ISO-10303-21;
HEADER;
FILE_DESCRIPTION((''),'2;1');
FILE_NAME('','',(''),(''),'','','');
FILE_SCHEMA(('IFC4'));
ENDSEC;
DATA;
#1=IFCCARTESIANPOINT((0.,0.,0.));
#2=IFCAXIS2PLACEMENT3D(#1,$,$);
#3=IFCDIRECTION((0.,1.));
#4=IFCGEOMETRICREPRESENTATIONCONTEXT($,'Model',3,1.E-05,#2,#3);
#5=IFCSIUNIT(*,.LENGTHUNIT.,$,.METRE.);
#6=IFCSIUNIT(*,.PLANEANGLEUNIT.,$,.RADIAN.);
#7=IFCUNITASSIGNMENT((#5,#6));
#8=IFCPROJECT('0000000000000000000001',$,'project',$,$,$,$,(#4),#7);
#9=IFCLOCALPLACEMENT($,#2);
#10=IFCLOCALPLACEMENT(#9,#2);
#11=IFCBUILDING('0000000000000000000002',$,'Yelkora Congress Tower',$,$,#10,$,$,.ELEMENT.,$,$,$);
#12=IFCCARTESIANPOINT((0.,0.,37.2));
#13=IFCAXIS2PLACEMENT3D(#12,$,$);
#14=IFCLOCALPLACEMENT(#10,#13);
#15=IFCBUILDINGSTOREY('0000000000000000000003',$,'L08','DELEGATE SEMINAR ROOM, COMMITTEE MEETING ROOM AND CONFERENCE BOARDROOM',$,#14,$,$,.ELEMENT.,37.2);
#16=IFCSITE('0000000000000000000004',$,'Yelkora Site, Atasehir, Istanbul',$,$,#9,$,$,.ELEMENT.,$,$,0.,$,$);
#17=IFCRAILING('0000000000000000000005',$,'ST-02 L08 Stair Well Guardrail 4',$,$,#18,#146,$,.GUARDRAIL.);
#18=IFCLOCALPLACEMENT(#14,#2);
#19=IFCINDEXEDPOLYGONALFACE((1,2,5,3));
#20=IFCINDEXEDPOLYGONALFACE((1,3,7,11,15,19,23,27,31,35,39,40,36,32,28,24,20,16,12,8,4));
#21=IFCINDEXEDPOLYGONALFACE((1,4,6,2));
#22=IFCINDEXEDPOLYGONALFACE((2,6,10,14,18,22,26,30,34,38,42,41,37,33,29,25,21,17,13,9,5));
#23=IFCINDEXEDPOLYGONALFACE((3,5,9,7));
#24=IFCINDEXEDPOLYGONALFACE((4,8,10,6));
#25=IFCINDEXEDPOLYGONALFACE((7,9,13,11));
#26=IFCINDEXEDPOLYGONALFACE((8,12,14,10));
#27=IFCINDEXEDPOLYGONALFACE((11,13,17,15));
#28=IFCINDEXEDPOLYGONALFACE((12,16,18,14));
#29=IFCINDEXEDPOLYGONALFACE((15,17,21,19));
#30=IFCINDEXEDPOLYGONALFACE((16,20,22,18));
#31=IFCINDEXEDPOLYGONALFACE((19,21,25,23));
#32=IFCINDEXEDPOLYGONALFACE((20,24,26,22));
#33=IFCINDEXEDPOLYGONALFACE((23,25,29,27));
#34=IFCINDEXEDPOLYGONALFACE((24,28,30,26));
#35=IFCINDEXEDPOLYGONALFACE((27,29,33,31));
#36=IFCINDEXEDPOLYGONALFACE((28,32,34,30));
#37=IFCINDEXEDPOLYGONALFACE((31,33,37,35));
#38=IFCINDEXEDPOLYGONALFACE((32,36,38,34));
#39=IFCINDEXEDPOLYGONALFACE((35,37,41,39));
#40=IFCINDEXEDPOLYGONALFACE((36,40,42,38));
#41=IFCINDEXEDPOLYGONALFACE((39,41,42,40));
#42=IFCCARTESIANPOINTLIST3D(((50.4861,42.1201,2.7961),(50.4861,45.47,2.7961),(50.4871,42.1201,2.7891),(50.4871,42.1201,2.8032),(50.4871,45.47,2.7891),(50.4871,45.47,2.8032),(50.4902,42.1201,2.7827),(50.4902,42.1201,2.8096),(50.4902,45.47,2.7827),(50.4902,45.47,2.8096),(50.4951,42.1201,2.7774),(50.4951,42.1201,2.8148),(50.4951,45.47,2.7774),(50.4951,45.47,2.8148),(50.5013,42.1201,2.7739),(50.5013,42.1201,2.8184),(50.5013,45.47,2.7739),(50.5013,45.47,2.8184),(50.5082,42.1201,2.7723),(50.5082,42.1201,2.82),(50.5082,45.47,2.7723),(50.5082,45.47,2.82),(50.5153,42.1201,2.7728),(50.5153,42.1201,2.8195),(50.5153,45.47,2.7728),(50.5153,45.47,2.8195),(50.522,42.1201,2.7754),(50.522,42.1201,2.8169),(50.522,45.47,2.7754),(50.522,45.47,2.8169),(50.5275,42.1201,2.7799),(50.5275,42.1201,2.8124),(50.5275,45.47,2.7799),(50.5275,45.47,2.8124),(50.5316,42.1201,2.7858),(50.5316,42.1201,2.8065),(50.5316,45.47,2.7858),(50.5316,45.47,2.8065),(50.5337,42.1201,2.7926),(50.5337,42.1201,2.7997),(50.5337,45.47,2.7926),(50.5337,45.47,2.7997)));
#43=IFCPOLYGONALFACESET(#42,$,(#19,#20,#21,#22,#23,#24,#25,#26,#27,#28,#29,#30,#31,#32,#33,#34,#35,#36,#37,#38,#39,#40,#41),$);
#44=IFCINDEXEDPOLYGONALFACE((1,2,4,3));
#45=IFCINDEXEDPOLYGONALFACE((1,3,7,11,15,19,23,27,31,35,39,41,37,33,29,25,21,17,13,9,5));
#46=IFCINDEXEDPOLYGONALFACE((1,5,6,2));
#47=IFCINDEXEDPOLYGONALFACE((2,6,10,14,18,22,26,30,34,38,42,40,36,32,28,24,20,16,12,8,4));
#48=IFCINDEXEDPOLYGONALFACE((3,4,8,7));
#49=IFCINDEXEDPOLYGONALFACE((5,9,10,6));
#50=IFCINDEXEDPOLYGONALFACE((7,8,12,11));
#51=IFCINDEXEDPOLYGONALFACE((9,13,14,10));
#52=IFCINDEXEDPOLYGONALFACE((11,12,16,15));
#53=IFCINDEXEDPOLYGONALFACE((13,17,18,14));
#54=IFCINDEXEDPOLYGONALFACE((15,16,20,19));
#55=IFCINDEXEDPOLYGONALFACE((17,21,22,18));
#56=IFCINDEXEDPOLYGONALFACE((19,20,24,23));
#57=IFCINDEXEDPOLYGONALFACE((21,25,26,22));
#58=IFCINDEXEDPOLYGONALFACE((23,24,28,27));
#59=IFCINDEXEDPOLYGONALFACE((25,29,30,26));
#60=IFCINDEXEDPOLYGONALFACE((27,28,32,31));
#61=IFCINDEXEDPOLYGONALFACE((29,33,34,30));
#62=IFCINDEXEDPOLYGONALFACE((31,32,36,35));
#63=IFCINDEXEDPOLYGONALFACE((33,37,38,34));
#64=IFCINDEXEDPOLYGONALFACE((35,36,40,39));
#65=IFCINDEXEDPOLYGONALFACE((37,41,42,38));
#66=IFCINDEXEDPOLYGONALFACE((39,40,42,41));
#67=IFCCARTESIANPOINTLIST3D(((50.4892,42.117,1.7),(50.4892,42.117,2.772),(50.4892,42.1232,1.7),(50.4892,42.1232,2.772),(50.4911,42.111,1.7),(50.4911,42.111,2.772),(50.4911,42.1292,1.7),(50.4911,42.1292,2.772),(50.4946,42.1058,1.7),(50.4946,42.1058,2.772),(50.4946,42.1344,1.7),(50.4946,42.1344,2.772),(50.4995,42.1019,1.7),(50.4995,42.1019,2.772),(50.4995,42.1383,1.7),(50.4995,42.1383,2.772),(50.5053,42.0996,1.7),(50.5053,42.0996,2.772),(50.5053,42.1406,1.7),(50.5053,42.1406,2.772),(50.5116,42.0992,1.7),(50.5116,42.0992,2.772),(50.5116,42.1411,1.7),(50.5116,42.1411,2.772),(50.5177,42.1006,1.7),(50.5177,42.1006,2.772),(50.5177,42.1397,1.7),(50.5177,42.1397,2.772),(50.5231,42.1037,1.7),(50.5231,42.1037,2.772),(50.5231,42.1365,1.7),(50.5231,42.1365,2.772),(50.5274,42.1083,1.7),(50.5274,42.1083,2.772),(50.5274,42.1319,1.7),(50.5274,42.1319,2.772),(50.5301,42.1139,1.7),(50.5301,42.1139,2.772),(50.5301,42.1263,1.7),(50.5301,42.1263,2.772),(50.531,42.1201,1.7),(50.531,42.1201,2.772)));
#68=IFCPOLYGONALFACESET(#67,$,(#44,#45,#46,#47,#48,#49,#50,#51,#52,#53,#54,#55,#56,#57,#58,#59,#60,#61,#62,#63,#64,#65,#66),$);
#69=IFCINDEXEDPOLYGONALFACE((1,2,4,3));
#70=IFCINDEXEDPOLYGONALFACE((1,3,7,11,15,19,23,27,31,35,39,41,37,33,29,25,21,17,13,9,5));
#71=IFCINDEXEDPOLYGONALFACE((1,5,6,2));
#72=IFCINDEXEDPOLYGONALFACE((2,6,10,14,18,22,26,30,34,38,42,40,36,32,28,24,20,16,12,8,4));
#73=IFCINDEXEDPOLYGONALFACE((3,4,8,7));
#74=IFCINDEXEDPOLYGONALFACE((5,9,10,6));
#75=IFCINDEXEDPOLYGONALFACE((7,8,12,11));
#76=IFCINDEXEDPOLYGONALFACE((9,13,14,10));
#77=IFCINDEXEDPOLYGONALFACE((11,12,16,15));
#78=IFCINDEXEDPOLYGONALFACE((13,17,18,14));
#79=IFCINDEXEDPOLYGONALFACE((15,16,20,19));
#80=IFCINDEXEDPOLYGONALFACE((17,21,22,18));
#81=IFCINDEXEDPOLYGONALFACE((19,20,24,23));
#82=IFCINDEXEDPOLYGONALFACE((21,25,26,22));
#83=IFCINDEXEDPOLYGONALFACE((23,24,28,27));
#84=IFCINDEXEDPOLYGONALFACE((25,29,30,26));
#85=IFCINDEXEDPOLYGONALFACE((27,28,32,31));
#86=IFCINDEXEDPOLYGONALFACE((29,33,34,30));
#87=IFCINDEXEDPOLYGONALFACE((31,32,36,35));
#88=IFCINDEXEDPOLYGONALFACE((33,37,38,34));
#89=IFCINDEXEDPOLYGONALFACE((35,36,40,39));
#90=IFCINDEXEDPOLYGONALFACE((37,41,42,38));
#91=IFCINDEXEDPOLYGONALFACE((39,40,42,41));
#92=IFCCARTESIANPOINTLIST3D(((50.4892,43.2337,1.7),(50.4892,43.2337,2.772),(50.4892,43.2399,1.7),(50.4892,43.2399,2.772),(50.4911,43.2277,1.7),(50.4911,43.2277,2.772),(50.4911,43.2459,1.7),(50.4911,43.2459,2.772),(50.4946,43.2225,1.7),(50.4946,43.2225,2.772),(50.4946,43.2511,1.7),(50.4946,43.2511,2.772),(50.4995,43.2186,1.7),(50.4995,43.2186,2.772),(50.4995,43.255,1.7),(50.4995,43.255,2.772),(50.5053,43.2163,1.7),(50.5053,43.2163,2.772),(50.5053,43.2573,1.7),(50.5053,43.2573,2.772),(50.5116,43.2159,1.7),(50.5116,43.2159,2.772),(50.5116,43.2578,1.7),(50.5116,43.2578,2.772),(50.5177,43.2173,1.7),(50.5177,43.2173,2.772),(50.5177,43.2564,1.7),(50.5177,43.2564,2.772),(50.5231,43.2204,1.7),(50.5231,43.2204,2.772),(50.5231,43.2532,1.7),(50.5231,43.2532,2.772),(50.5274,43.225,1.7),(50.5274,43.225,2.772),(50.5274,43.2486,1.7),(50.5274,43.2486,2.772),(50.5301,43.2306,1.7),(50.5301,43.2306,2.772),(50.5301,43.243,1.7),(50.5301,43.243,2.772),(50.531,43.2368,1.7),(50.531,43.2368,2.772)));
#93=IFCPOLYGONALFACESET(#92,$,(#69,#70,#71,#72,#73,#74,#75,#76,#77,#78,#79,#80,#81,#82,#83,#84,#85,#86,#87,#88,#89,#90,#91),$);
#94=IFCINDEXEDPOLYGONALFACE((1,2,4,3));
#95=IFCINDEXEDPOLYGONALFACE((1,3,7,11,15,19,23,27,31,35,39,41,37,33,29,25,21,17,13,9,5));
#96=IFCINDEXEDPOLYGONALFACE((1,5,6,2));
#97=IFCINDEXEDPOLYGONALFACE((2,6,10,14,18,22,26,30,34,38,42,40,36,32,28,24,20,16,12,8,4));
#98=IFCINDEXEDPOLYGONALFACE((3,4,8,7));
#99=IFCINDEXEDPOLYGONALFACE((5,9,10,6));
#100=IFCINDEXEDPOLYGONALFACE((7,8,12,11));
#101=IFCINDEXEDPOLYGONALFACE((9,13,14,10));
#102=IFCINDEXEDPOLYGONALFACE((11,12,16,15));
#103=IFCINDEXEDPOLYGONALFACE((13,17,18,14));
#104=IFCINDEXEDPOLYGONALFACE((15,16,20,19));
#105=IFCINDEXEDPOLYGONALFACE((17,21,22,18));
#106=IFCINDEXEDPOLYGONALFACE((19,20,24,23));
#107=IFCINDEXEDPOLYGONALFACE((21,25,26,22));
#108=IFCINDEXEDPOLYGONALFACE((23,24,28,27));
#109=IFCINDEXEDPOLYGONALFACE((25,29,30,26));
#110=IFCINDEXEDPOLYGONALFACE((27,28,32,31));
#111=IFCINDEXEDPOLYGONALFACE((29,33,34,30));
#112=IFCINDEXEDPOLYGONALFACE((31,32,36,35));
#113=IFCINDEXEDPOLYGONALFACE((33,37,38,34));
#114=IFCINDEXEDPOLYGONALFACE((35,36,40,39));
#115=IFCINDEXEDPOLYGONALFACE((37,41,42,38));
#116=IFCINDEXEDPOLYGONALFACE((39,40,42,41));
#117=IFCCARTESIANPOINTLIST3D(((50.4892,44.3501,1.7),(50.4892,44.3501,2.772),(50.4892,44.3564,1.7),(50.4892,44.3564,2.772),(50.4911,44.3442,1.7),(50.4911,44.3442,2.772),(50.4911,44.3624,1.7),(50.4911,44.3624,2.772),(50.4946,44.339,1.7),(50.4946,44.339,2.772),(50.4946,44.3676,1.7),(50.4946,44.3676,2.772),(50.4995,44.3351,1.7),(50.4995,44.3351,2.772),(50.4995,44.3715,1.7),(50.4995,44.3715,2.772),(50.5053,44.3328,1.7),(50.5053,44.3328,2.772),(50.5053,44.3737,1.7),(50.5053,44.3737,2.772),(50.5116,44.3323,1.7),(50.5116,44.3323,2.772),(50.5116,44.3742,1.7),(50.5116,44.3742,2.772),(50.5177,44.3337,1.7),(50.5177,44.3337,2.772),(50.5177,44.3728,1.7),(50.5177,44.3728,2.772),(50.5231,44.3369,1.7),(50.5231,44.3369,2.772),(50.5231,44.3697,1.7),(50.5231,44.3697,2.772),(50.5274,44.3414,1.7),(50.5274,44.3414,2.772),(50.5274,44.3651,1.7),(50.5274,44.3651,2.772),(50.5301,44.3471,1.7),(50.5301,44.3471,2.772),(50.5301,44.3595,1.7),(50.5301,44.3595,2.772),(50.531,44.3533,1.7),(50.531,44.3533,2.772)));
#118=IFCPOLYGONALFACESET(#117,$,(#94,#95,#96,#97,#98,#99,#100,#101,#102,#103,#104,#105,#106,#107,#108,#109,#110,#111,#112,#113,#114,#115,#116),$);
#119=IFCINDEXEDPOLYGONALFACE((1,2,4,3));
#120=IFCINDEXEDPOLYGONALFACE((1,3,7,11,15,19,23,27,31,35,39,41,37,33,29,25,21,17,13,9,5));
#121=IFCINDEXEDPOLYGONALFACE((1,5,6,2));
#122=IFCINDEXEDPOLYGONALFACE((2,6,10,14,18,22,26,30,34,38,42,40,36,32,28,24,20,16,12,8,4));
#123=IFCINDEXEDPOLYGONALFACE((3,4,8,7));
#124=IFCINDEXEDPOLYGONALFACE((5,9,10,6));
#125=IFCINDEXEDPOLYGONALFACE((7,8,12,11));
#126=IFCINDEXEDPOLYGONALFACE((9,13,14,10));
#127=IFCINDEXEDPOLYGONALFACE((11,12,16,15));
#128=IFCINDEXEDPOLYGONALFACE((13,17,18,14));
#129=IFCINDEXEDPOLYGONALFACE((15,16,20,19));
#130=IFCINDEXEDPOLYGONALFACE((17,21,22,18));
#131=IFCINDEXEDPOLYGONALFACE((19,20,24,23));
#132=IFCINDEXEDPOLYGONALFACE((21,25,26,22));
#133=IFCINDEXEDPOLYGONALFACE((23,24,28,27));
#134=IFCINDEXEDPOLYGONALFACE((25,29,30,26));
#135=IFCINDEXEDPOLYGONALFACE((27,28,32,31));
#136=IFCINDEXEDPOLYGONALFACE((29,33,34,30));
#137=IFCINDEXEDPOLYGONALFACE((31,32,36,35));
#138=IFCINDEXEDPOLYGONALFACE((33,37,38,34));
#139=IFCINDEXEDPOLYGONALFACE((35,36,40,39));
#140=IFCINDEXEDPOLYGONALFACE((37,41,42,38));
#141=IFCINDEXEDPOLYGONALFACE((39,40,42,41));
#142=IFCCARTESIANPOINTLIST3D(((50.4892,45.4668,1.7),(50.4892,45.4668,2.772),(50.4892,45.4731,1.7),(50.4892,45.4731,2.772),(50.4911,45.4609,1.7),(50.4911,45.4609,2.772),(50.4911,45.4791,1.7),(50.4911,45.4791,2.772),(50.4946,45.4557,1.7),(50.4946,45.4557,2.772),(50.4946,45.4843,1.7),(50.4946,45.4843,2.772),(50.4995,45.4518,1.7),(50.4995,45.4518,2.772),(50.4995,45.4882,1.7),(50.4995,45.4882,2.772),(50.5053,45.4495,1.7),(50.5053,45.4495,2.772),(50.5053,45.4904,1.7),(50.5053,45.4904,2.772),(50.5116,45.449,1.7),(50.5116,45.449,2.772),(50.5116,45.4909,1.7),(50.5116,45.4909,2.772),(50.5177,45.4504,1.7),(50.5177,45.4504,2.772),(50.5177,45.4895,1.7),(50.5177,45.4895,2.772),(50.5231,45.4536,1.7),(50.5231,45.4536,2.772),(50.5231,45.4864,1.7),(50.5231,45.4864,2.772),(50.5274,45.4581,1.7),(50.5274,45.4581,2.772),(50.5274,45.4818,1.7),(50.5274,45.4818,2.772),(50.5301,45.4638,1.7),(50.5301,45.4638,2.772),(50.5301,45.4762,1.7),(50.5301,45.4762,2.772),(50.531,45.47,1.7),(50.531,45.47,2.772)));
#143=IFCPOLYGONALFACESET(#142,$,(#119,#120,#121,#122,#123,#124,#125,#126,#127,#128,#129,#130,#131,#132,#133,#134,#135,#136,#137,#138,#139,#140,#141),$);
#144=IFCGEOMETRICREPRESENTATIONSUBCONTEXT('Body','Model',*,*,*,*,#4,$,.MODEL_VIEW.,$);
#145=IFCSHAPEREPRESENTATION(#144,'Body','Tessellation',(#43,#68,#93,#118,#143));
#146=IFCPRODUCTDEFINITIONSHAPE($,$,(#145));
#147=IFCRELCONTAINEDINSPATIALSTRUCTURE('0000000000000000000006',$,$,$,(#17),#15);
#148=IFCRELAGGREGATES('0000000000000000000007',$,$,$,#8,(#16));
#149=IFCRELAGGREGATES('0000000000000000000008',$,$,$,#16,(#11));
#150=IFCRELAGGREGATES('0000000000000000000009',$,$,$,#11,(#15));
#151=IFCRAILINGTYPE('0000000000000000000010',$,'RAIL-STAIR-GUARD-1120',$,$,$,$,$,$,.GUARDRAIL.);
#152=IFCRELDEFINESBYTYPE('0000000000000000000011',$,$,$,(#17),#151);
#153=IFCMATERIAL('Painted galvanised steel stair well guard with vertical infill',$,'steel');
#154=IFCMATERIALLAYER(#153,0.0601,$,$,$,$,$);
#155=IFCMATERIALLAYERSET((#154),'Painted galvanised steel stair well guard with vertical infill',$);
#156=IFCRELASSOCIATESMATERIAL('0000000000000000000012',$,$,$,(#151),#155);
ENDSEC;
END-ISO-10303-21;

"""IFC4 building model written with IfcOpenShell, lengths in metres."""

from ifc_helpers import new_model, si_unit, direction, frame, origin, origin_2d, place, context, subcontext, project, spatial, circle, extrude, material, layer, layer_set, type_object, element, save


model = new_model("IFC4")

# Units and contexts
model_context = context("Model", 3, precision=1e-05, world=origin(), true_north=direction((0.0, 1.0)))
body_context = subcontext(model_context, "Body", "Model", "MODEL_VIEW")
ifc_project = project(units=[si_unit("LENGTHUNIT", "METRE"), si_unit("PLANEANGLEUNIT", "RADIAN")], contexts=[model_context])

# Site, building, storey
site_placement = place(None, origin())
site = spatial("IfcSite", under=ifc_project, at=site_placement, Name="Yelkora Site, Atasehir, Istanbul", CompositionType="ELEMENT", RefElevation=0.0)
building_placement = place(site_placement, origin())
building = spatial("IfcBuilding", under=site, at=building_placement, Name="Yelkora Congress Tower", CompositionType="ELEMENT")
storey_placement = place(building_placement, frame((0.0, 0.0, 37.2)))
storey = spatial("IfcBuildingStorey", under=building, at=storey_placement, Name="L08", Description="DELEGATE SEMINAR ROOM, COMMITTEE MEETING ROOM AND CONFERENCE BOARDROOM", CompositionType="ELEMENT", Elevation=37.2)

# Railing
ifc_material_1 = material(Name="Painted galvanised steel stair well guard with vertical infill", Category="steel")
ifc_layer_1 = layer(ifc_material_1, 0.0601)
ifc_layer_set_1 = layer_set([ifc_layer_1], Name="Painted galvanised steel stair well guard with vertical infill")
railing_type_1 = type_object("IfcRailingType", Name="RAIL-STAIR-GUARD-1120", PredefinedType="GUARDRAIL", material=ifc_layer_set_1)
railing_1_placement = place(storey_placement, frame((50.51, 42.1201, 1.7)))
element("IfcRailing", 1, at=railing_1_placement, inside=storey, type_object=railing_type_1, Name="ST-02 L08 Stair Well Guardrail 4", PredefinedType="GUARDRAIL", context=body_context, shape_type="SweptSolid", body=[
    extrude(circle(Radius=0.0239, at=origin_2d()), frame((0.0, 0.0, 1.0962), z_axis=(0.0, 1.0, 0.0), x_axis=(-1.0, 0.0, 0.0)), (0.0, 0.0, 1.0), 3.3499),
    extrude(circle(Radius=0.021, at=origin_2d()), origin(), (0.0, 0.0, 1.0), 1.072),
    extrude(circle(Radius=0.021, at=origin_2d()), frame((0.0, 1.1167, 0.0)), (0.0, 0.0, 1.0), 1.072),
    extrude(circle(Radius=0.021, at=origin_2d()), frame((0.0, 2.2332, 0.0)), (0.0, 0.0, 1.0), 1.072),
    extrude(circle(Radius=0.021, at=origin_2d()), frame((0.0, 3.3499, 0.0)), (0.0, 0.0, 1.0), 1.072),
])

save(model, "model.ifc")
